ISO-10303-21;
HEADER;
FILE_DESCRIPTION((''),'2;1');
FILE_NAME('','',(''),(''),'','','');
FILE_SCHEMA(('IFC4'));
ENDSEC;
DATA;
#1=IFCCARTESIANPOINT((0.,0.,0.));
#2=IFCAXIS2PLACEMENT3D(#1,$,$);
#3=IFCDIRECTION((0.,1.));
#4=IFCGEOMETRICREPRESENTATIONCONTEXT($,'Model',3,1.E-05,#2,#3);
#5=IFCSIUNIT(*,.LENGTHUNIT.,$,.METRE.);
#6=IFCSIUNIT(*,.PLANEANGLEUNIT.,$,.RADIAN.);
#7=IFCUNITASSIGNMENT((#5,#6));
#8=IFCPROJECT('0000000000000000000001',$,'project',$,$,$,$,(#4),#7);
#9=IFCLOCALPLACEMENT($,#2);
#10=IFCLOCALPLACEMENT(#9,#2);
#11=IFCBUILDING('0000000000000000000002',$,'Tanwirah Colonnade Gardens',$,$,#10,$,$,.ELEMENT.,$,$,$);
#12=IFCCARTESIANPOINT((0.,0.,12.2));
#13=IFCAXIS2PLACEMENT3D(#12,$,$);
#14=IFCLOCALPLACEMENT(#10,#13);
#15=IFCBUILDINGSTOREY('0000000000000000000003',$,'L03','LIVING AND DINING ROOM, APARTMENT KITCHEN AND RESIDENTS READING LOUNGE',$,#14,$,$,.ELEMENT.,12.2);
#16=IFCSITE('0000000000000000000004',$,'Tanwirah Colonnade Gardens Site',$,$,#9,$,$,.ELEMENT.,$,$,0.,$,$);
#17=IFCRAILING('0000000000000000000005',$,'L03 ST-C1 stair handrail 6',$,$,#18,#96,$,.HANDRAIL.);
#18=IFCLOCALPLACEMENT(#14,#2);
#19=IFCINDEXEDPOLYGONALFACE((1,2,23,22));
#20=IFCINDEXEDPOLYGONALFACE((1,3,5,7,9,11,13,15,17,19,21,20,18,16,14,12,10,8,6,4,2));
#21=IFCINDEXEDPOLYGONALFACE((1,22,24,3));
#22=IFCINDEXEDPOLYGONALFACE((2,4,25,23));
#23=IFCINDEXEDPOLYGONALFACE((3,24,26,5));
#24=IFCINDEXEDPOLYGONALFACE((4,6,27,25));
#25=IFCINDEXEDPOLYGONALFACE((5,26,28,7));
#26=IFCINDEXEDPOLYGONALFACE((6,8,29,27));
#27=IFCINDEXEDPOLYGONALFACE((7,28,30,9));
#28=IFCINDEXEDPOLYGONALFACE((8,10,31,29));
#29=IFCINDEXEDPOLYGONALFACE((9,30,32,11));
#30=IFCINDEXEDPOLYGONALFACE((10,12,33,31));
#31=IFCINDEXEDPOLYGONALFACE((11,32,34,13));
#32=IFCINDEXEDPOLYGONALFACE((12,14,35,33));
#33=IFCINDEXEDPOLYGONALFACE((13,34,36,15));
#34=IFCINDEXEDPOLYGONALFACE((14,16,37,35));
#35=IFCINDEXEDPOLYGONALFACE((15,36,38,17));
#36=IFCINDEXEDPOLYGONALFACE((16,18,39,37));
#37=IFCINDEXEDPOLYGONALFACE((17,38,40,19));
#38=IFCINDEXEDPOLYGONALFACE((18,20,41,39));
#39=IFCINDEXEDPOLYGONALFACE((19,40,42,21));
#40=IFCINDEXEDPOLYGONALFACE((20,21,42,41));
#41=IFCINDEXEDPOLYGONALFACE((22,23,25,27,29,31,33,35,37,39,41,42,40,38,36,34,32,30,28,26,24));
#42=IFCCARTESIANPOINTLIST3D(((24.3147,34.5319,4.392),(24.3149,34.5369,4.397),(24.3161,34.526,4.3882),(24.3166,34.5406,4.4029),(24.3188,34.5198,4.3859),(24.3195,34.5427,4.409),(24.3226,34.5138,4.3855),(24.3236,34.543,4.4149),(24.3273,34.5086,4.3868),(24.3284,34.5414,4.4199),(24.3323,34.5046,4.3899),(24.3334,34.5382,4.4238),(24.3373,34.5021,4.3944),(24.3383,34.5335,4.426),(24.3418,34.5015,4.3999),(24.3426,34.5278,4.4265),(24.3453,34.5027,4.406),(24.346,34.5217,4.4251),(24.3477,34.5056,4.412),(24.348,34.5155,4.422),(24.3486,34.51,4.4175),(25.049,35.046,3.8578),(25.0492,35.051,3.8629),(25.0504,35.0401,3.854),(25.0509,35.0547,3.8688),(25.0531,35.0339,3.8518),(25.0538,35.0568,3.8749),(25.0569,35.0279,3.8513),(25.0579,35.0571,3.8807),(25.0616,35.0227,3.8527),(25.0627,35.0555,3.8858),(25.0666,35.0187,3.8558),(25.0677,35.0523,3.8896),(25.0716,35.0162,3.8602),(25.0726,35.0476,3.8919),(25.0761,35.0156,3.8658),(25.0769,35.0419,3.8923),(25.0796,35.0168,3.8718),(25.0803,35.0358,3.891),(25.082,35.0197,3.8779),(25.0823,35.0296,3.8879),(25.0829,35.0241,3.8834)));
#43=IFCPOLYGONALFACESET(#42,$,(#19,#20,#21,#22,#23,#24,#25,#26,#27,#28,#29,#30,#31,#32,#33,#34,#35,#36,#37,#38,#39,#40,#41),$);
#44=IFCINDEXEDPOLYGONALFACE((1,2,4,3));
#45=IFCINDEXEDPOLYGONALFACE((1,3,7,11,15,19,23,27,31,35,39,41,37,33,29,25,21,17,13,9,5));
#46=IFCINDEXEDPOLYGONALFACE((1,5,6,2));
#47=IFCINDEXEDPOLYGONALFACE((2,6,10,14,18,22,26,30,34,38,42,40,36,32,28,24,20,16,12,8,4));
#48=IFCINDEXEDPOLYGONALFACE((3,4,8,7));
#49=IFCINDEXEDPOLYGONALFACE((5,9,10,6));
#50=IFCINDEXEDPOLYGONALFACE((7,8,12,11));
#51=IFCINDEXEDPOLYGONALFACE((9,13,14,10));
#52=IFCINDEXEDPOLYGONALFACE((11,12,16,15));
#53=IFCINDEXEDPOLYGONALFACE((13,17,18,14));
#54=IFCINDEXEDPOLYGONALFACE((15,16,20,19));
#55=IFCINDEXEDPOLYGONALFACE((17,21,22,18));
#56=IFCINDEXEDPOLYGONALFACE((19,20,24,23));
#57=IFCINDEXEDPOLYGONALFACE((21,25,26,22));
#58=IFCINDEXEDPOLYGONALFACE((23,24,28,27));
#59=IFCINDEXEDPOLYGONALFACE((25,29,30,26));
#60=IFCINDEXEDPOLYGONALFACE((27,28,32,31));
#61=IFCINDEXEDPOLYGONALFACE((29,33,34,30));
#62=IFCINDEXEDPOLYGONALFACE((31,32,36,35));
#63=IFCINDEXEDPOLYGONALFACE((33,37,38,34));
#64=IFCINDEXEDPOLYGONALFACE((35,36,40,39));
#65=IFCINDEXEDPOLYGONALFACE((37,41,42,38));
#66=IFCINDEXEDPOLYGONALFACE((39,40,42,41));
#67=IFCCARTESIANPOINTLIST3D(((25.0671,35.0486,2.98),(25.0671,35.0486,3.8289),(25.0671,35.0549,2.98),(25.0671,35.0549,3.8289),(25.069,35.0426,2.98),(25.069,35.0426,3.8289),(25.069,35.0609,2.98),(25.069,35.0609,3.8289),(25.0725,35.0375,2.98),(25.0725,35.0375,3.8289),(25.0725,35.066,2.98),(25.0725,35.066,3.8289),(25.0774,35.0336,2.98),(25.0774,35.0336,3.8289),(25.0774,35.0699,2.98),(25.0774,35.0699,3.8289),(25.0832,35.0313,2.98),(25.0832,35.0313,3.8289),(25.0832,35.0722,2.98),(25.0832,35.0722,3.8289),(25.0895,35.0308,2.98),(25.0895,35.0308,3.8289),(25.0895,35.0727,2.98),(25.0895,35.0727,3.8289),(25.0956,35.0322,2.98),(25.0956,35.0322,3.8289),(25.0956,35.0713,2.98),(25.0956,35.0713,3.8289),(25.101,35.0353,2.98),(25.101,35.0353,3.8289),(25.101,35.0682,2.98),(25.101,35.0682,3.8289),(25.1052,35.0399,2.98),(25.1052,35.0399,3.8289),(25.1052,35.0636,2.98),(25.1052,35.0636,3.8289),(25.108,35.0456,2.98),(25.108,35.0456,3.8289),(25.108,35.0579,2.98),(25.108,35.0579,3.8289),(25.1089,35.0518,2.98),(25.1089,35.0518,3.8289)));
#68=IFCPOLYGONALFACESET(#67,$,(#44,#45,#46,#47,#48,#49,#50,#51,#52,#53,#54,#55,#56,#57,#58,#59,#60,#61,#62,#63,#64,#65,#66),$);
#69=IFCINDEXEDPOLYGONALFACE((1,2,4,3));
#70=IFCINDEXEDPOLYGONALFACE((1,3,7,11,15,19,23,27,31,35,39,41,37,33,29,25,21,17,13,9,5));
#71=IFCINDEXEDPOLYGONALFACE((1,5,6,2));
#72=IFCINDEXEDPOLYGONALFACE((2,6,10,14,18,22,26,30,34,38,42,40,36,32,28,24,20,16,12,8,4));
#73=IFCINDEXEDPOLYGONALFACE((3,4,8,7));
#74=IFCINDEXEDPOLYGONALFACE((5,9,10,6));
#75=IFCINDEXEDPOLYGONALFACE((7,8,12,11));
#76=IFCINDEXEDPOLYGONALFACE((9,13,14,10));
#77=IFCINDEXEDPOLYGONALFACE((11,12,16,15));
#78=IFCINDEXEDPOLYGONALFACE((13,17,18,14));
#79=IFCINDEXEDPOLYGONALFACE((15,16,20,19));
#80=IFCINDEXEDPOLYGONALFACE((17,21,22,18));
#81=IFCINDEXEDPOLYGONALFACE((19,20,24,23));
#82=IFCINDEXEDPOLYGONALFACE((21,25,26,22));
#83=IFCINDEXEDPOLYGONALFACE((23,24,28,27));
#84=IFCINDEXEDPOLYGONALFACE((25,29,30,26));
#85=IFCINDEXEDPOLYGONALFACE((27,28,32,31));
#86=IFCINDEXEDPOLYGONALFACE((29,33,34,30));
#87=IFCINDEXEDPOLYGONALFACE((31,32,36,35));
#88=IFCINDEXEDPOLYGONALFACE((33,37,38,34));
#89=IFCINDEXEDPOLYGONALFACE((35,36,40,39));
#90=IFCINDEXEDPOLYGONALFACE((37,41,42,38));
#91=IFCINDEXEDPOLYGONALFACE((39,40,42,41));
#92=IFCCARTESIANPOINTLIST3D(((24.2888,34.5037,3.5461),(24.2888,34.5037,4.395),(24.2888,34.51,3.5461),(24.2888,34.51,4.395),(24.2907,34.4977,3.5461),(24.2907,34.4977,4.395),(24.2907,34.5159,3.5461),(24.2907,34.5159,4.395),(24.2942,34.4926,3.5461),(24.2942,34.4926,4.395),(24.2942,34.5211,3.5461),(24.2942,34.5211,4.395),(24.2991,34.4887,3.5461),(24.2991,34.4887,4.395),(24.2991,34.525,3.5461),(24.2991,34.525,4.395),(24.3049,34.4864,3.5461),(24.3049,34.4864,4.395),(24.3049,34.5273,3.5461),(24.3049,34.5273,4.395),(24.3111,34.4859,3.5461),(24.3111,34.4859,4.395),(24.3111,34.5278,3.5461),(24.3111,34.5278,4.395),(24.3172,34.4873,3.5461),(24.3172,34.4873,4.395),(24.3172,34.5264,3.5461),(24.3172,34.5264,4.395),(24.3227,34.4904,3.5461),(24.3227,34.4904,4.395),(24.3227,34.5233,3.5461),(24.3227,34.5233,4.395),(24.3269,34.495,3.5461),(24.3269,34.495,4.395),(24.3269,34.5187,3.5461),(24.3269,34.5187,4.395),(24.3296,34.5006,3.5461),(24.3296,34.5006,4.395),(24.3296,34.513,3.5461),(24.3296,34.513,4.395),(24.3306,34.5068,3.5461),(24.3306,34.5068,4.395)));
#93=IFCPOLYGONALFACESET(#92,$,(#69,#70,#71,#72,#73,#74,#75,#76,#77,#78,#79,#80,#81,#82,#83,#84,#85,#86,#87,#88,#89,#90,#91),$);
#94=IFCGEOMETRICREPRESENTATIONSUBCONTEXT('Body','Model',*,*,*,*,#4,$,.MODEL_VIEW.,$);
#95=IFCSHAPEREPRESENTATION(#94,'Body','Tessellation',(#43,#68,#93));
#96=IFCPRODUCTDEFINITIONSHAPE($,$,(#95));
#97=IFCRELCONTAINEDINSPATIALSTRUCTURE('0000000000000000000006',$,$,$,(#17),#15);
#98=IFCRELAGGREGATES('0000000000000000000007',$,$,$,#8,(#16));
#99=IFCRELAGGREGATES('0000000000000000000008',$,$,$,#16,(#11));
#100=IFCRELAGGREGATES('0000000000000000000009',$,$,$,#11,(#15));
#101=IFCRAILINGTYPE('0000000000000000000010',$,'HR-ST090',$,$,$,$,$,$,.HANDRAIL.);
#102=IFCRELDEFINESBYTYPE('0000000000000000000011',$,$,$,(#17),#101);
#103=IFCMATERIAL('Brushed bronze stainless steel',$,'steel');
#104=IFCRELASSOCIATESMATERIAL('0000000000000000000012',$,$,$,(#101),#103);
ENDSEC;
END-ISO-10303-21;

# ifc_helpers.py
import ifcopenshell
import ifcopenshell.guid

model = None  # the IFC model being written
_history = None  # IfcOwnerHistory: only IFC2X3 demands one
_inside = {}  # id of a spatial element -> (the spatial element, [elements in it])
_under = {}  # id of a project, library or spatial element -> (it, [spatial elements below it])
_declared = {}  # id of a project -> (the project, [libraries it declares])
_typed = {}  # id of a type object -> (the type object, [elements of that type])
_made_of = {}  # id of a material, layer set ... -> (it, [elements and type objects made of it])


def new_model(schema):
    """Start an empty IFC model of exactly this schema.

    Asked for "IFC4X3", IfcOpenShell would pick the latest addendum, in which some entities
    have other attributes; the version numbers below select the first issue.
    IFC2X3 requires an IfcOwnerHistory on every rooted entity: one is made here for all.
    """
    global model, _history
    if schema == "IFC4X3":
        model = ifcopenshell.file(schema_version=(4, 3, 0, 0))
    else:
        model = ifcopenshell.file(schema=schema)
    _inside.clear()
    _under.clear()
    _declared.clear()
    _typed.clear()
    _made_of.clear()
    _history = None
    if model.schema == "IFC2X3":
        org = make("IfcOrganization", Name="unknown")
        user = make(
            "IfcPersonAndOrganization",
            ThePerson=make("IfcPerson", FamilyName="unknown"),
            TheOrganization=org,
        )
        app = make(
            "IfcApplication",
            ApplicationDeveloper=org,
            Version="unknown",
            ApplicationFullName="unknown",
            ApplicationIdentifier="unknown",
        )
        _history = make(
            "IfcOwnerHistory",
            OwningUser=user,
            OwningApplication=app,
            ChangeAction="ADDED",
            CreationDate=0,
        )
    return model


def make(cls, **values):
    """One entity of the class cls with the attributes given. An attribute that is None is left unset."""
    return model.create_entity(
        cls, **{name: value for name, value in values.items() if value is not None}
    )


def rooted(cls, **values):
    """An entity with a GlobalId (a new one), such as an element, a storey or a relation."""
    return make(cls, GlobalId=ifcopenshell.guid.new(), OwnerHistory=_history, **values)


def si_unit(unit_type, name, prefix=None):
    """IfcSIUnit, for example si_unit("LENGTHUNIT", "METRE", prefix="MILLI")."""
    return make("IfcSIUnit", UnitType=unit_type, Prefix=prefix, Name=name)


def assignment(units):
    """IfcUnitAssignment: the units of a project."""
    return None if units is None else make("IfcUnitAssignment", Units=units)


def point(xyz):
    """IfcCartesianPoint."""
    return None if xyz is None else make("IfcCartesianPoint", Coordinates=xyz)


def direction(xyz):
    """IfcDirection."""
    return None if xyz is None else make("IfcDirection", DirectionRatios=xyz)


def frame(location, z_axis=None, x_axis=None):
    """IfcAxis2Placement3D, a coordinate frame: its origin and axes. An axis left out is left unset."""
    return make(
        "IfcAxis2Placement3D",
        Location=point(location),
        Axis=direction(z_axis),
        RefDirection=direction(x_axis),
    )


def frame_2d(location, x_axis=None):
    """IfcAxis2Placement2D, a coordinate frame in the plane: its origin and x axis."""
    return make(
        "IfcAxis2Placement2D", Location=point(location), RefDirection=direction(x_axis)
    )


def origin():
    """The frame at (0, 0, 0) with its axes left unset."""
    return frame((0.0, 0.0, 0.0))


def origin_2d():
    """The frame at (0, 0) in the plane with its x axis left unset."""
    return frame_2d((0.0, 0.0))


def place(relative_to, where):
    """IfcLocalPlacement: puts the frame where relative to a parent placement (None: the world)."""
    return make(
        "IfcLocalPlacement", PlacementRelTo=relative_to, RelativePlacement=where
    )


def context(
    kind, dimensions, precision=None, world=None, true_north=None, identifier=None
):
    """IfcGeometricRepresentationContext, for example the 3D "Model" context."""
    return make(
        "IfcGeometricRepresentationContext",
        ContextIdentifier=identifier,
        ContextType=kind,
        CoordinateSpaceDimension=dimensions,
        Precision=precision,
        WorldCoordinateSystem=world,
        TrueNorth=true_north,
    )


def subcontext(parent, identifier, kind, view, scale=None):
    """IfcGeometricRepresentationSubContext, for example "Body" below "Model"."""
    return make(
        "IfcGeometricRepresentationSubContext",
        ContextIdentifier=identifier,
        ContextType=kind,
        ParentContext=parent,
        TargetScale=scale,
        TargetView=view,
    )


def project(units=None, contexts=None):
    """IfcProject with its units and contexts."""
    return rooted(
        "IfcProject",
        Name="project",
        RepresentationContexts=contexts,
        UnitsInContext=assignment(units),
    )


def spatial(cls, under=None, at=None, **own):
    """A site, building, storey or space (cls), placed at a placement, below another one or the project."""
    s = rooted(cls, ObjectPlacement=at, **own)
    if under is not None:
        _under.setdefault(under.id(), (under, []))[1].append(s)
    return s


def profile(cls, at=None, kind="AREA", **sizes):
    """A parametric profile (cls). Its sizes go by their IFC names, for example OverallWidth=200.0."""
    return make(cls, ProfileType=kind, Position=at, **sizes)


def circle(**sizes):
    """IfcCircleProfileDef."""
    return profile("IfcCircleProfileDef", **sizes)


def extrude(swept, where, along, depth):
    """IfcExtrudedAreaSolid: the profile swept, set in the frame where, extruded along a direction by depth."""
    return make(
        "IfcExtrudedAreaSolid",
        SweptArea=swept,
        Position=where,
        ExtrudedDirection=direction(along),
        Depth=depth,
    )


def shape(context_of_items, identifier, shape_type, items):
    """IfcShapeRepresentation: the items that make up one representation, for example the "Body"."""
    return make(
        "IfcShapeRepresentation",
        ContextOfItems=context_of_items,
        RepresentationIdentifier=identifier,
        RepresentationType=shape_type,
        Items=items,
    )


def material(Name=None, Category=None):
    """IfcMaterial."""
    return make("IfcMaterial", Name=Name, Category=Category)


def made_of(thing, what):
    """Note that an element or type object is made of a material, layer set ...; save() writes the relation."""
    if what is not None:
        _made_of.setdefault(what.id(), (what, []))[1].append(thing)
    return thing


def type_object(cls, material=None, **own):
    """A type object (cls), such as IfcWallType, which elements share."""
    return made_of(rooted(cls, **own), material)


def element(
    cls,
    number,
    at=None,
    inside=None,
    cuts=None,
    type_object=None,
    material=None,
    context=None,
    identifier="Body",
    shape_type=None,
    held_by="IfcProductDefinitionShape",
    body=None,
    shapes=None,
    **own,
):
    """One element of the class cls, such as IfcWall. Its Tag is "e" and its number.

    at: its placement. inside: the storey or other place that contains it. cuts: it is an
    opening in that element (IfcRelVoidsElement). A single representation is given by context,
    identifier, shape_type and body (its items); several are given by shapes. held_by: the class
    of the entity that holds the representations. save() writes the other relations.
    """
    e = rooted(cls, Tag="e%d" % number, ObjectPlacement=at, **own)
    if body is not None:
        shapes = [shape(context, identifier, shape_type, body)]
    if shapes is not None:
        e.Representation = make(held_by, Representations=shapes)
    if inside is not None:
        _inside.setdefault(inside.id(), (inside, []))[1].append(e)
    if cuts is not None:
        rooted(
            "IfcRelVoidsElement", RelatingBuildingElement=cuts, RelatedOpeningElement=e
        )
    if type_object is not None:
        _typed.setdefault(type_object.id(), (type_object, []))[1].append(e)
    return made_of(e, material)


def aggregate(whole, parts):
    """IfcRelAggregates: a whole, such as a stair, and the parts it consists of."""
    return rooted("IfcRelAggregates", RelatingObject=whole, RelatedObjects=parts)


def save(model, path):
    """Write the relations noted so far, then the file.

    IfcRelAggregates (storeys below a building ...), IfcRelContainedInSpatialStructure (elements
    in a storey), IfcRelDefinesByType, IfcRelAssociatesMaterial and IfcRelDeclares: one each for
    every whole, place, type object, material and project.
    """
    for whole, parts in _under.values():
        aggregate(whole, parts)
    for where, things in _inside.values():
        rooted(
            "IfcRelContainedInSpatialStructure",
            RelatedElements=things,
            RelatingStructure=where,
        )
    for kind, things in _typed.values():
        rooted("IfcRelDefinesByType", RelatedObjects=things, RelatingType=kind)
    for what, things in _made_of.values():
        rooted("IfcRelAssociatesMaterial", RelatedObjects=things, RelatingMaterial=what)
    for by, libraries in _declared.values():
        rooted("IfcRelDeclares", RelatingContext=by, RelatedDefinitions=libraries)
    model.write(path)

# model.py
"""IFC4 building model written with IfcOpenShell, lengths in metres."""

from ifc_helpers import new_model, si_unit, direction, frame, origin, origin_2d, place, context, subcontext, project, spatial, circle, extrude, material, type_object, element, save


model = new_model("IFC4")

# Units and contexts
model_context = context("Model", 3, precision=1e-05, world=origin(), true_north=direction((0.0, 1.0)))
body_context = subcontext(model_context, "Body", "Model", "MODEL_VIEW")
ifc_project = project(units=[si_unit("LENGTHUNIT", "METRE"), si_unit("PLANEANGLEUNIT", "RADIAN")], contexts=[model_context])

# Site, building, storey
site_placement = place(None, origin())
site = spatial("IfcSite", under=ifc_project, at=site_placement, Name="Tanwirah Colonnade Gardens Site", CompositionType="ELEMENT", RefElevation=0.0)
building_placement = place(site_placement, origin())
building = spatial("IfcBuilding", under=site, at=building_placement, Name="Tanwirah Colonnade Gardens", CompositionType="ELEMENT")
storey_placement = place(building_placement, frame((0.0, 0.0, 12.2)))
storey = spatial("IfcBuildingStorey", under=building, at=storey_placement, Name="L03", Description="LIVING AND DINING ROOM, APARTMENT KITCHEN AND RESIDENTS READING LOUNGE", CompositionType="ELEMENT", Elevation=12.2)

# Railing
ifc_material_1 = material(Name="Brushed bronze stainless steel", Category="steel")
railing_type_1 = type_object("IfcRailingType", Name="HR-ST090", PredefinedType="HANDRAIL", material=ifc_material_1)
railing_1_placement = place(storey_placement, frame((25.0879, 35.0518, 2.98)))
element("IfcRailing", 1, at=railing_1_placement, inside=storey, type_object=railing_type_1, Name="L03 ST-C1 stair handrail 6", PredefinedType="HANDRAIL", context=body_context, shape_type="SweptSolid", body=[
    extrude(circle(Radius=0.0239, at=origin_2d()), frame((-0.022, -0.0154, 0.8918), z_axis=(-0.703718, -0.492691, 0.511895), x_axis=(0.573531, -0.819184, 0.0)), (0.0, 0.0, 1.0), 1.0435),
    extrude(circle(Radius=0.021, at=origin_2d()), origin(), (0.0, 0.0, 1.0), 0.8489),
    extrude(circle(Radius=0.021, at=origin_2d()), frame((-0.7783, -0.5449, 0.5662)), (0.0, 0.0, 1.0), 0.8489),
])

save(model, "model.ifc")
